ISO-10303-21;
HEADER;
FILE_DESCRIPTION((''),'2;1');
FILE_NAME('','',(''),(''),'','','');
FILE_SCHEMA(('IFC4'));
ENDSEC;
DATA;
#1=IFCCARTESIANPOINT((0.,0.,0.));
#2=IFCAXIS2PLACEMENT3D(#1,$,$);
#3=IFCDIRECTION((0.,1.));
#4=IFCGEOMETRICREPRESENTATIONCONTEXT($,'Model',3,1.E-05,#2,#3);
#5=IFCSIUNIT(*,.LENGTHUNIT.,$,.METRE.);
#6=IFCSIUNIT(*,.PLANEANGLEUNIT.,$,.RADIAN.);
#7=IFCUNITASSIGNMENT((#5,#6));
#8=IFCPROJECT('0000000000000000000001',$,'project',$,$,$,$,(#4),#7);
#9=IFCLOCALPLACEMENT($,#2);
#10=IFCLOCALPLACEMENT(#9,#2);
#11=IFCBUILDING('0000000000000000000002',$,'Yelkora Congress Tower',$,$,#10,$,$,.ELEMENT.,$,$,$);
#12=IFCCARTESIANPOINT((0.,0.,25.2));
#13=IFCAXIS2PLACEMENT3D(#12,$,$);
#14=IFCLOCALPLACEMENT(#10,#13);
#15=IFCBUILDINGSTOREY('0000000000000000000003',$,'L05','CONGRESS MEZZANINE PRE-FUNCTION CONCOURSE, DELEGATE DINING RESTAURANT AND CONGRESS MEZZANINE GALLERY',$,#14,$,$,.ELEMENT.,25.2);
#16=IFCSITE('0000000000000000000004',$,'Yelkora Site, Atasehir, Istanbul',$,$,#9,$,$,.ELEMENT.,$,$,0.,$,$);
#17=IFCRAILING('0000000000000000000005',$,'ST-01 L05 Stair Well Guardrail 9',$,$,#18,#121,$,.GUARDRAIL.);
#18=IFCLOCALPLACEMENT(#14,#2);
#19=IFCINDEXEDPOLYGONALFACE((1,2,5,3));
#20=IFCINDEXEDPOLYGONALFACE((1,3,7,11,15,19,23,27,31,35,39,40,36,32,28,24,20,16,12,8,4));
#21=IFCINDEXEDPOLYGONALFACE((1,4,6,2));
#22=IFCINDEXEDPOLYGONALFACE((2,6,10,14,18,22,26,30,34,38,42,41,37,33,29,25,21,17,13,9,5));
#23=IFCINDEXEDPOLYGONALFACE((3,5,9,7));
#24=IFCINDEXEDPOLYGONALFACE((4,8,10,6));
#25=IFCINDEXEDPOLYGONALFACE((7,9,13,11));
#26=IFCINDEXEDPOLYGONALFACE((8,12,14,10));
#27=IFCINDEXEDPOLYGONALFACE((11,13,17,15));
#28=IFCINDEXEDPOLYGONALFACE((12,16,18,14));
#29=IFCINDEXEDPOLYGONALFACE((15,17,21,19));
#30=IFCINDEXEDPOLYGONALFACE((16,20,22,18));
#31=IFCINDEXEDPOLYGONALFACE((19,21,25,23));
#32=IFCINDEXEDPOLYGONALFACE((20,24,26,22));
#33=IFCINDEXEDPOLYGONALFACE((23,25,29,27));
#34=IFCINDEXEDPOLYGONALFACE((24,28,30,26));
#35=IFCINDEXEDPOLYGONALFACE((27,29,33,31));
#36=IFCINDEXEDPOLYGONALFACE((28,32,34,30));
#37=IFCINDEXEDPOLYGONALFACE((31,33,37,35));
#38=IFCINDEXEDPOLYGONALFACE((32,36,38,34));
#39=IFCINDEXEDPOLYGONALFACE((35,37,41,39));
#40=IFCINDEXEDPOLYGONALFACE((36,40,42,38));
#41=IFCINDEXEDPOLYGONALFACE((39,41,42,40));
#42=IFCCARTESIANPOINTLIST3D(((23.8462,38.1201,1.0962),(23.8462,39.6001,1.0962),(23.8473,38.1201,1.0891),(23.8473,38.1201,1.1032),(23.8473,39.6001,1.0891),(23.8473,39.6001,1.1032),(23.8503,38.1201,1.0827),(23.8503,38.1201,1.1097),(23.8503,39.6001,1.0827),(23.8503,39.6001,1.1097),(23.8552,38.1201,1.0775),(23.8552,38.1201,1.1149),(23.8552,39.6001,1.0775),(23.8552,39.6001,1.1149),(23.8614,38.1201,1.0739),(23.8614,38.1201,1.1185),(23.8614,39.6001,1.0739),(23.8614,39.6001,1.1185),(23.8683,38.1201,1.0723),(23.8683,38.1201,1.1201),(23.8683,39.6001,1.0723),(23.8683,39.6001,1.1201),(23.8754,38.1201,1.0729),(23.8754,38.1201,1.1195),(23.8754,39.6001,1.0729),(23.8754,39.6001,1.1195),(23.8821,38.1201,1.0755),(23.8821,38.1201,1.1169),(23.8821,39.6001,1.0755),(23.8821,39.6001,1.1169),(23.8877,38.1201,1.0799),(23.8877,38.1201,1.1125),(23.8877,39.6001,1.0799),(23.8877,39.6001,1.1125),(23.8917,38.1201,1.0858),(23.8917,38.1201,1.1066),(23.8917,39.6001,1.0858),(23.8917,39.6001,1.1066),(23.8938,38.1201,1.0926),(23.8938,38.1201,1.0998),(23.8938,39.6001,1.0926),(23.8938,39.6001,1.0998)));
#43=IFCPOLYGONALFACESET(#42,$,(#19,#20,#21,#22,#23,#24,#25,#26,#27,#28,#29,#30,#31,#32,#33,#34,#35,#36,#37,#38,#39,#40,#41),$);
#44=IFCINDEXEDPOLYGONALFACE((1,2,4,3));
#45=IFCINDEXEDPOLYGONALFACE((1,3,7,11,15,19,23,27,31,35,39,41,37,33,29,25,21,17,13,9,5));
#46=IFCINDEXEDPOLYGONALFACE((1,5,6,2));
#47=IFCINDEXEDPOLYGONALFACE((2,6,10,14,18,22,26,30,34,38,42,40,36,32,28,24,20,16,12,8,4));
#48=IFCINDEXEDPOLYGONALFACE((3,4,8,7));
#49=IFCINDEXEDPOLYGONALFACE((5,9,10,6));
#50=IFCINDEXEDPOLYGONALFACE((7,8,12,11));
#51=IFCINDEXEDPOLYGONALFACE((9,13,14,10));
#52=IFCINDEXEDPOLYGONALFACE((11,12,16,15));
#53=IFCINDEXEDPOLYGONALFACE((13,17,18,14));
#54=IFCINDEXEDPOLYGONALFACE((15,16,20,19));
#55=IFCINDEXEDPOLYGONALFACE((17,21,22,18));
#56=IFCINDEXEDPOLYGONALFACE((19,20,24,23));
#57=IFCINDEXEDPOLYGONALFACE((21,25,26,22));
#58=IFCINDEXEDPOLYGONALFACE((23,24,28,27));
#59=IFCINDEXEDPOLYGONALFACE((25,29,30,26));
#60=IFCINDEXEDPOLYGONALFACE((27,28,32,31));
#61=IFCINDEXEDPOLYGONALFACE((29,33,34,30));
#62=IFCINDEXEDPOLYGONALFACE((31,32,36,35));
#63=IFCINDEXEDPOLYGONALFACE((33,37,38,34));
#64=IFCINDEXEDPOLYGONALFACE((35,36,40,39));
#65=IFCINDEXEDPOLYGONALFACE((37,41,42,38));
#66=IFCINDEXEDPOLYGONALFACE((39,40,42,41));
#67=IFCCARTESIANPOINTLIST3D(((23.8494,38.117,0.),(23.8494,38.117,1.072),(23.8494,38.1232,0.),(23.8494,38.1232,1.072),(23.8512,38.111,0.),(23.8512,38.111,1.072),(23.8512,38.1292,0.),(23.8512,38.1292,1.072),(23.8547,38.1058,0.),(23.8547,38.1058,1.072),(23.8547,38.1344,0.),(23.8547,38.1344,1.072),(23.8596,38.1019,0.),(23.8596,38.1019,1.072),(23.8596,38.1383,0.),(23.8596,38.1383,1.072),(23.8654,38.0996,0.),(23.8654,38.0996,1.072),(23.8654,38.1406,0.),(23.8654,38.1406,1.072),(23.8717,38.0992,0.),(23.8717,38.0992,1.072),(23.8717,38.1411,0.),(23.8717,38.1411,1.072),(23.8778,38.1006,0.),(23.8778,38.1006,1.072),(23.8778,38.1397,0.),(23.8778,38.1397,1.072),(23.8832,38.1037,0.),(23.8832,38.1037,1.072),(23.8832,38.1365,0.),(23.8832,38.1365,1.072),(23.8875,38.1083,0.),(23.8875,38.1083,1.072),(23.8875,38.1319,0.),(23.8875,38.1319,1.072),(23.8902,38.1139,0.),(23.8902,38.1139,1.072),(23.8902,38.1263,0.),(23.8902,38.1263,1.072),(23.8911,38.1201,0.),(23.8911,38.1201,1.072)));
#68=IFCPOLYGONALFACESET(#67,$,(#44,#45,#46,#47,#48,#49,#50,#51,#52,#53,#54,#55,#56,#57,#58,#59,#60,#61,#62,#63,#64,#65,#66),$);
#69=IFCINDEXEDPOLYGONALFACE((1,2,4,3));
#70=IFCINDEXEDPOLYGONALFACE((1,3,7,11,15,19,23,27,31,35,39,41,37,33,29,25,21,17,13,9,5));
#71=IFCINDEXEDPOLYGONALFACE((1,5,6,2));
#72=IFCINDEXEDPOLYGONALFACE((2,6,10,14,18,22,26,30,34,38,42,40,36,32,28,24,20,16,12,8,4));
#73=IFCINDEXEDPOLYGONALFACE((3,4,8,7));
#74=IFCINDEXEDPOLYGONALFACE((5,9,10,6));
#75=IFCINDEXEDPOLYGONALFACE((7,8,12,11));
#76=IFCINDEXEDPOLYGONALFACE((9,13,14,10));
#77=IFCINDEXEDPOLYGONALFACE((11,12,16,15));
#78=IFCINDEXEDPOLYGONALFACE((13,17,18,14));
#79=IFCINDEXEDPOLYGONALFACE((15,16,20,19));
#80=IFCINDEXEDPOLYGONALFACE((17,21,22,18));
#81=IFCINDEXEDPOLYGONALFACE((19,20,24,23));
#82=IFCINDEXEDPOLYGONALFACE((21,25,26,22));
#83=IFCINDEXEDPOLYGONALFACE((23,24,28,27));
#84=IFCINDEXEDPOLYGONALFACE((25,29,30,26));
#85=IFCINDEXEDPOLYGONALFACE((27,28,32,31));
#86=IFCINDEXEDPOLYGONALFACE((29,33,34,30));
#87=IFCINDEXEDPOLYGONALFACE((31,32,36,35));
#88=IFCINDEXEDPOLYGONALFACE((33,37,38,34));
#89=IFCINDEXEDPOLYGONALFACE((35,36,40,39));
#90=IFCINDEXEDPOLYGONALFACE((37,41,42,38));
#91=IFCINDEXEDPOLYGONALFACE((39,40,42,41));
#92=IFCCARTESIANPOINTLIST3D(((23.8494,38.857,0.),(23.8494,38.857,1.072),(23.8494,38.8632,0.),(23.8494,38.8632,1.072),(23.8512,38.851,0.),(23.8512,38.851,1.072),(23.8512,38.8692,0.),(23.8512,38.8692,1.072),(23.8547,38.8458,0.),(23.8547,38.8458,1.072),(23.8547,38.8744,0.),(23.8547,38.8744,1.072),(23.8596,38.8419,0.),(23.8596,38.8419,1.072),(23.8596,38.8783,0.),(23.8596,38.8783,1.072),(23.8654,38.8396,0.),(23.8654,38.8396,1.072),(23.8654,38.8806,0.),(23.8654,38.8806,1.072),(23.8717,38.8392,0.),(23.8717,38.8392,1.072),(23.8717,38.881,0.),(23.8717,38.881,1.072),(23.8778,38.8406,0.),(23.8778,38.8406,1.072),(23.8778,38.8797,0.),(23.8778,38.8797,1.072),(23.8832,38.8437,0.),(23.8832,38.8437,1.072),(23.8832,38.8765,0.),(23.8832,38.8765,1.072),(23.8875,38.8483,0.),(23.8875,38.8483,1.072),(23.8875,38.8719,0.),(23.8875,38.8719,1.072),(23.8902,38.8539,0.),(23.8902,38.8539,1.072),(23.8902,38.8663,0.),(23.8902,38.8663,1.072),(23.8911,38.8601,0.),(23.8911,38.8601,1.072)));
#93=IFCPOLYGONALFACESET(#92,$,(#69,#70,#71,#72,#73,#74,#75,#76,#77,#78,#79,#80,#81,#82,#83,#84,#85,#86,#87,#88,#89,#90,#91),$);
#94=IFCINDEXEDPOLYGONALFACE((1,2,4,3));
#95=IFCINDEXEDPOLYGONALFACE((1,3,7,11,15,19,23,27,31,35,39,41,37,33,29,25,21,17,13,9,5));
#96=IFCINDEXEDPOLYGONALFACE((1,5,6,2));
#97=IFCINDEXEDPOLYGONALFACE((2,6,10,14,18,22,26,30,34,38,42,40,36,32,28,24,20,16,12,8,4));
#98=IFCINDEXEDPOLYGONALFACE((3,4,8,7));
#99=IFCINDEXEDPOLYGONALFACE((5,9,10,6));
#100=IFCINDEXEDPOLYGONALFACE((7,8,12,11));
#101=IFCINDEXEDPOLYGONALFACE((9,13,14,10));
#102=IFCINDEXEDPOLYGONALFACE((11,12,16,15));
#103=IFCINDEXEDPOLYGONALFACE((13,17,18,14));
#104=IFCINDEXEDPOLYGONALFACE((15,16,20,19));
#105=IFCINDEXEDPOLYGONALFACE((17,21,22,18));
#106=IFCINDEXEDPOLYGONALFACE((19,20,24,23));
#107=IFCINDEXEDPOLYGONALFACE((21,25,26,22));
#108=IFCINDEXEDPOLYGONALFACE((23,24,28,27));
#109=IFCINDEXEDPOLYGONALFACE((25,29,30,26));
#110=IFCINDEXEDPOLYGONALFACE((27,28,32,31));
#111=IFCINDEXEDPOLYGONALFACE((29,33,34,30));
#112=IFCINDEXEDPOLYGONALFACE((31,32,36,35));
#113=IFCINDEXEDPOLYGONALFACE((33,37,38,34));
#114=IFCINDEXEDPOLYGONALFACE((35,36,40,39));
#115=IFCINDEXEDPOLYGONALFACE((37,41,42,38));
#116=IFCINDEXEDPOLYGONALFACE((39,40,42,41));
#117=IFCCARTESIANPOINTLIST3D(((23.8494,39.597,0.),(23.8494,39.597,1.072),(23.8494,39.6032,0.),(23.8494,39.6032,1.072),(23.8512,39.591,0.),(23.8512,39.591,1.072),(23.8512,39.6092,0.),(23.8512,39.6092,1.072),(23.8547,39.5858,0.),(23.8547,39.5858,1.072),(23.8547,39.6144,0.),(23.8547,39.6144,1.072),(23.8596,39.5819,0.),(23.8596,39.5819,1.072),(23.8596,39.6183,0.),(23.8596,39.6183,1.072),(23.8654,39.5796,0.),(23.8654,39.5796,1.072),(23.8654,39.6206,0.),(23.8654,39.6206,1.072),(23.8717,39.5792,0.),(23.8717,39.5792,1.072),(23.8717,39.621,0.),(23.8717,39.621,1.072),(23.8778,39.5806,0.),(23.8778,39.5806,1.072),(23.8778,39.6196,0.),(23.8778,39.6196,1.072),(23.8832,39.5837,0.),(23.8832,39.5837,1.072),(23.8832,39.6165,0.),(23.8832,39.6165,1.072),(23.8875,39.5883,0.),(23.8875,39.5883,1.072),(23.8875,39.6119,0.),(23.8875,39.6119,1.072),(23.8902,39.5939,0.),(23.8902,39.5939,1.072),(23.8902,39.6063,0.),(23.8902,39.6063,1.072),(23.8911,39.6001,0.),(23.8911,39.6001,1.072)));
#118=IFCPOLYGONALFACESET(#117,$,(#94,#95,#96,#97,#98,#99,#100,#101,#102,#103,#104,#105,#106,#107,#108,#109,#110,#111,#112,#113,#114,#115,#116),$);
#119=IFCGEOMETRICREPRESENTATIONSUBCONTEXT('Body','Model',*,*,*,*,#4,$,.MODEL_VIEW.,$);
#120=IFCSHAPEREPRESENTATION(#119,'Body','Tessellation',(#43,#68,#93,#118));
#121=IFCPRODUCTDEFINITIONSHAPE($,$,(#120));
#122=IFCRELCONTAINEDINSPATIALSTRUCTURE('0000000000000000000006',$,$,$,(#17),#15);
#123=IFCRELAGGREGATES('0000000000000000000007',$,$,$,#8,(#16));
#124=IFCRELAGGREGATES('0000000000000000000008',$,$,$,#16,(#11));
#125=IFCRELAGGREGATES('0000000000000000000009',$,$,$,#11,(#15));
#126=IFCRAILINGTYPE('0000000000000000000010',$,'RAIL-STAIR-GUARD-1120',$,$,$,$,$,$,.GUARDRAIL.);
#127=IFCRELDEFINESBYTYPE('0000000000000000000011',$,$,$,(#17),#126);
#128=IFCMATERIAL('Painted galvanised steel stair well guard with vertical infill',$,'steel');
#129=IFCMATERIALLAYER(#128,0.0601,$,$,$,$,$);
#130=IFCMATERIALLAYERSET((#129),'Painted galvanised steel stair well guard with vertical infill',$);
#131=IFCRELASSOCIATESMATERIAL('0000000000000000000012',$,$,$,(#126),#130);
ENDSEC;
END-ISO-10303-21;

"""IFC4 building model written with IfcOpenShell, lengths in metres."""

from ifc_helpers import new_model, si_unit, direction, frame, origin, origin_2d, place, context, subcontext, project, spatial, circle, extrude, material, layer, layer_set, type_object, element, save


model = new_model("IFC4")

# Units and contexts
model_context = context("Model", 3, precision=1e-05, world=origin(), true_north=direction((0.0, 1.0)))
body_context = subcontext(model_context, "Body", "Model", "MODEL_VIEW")
ifc_project = project(units=[si_unit("LENGTHUNIT", "METRE"), si_unit("PLANEANGLEUNIT", "RADIAN")], contexts=[model_context])

# Site, building, storey
site_placement = place(None, origin())
site = spatial("IfcSite", under=ifc_project, at=site_placement, Name="Yelkora Site, Atasehir, Istanbul", CompositionType="ELEMENT", RefElevation=0.0)
building_placement = place(site_placement, origin())
building = spatial("IfcBuilding", under=site, at=building_placement, Name="Yelkora Congress Tower", CompositionType="ELEMENT")
storey_placement = place(building_placement, frame((0.0, 0.0, 25.2)))
storey = spatial("IfcBuildingStorey", under=building, at=storey_placement, Name="L05", Description="CONGRESS MEZZANINE PRE-FUNCTION CONCOURSE, DELEGATE DINING RESTAURANT AND CONGRESS MEZZANINE GALLERY", CompositionType="ELEMENT", Elevation=25.2)

# Railing
ifc_material_1 = material(Name="Painted galvanised steel stair well guard with vertical infill", Category="steel")
ifc_layer_1 = layer(ifc_material_1, 0.0601)
ifc_layer_set_1 = layer_set([ifc_layer_1], Name="Painted galvanised steel stair well guard with vertical infill")
railing_type = type_object("IfcRailingType", Name="RAIL-STAIR-GUARD-1120", PredefinedType="GUARDRAIL", material=ifc_layer_set_1)
for number, where, name in (
    (1, (23.8701, 38.1201, 0.0), "ST-01 L05 Stair Well Guardrail 9"),
):
    element("IfcRailing", number, at=place(storey_placement, frame(where)), inside=storey, type_object=railing_type, Name=name, PredefinedType="GUARDRAIL", context=body_context, shape_type="SweptSolid", body=[
        extrude(circle(Radius=0.0239, at=origin_2d()), frame((0.0, 0.0, 1.0962), z_axis=(0.0, 1.0, 0.0), x_axis=(-1.0, 0.0, 0.0)), (0.0, 0.0, 1.0), 1.48),
        extrude(circle(Radius=0.021, at=origin_2d()), origin(), (0.0, 0.0, 1.0), 1.072),
        extrude(circle(Radius=0.021, at=origin_2d()), frame((0.0, 0.74, 0.0)), (0.0, 0.0, 1.0), 1.072),
        extrude(circle(Radius=0.021, at=origin_2d()), frame((0.0, 1.48, 0.0)), (0.0, 0.0, 1.0), 1.072),
    ])

save(model, "model.ifc")
